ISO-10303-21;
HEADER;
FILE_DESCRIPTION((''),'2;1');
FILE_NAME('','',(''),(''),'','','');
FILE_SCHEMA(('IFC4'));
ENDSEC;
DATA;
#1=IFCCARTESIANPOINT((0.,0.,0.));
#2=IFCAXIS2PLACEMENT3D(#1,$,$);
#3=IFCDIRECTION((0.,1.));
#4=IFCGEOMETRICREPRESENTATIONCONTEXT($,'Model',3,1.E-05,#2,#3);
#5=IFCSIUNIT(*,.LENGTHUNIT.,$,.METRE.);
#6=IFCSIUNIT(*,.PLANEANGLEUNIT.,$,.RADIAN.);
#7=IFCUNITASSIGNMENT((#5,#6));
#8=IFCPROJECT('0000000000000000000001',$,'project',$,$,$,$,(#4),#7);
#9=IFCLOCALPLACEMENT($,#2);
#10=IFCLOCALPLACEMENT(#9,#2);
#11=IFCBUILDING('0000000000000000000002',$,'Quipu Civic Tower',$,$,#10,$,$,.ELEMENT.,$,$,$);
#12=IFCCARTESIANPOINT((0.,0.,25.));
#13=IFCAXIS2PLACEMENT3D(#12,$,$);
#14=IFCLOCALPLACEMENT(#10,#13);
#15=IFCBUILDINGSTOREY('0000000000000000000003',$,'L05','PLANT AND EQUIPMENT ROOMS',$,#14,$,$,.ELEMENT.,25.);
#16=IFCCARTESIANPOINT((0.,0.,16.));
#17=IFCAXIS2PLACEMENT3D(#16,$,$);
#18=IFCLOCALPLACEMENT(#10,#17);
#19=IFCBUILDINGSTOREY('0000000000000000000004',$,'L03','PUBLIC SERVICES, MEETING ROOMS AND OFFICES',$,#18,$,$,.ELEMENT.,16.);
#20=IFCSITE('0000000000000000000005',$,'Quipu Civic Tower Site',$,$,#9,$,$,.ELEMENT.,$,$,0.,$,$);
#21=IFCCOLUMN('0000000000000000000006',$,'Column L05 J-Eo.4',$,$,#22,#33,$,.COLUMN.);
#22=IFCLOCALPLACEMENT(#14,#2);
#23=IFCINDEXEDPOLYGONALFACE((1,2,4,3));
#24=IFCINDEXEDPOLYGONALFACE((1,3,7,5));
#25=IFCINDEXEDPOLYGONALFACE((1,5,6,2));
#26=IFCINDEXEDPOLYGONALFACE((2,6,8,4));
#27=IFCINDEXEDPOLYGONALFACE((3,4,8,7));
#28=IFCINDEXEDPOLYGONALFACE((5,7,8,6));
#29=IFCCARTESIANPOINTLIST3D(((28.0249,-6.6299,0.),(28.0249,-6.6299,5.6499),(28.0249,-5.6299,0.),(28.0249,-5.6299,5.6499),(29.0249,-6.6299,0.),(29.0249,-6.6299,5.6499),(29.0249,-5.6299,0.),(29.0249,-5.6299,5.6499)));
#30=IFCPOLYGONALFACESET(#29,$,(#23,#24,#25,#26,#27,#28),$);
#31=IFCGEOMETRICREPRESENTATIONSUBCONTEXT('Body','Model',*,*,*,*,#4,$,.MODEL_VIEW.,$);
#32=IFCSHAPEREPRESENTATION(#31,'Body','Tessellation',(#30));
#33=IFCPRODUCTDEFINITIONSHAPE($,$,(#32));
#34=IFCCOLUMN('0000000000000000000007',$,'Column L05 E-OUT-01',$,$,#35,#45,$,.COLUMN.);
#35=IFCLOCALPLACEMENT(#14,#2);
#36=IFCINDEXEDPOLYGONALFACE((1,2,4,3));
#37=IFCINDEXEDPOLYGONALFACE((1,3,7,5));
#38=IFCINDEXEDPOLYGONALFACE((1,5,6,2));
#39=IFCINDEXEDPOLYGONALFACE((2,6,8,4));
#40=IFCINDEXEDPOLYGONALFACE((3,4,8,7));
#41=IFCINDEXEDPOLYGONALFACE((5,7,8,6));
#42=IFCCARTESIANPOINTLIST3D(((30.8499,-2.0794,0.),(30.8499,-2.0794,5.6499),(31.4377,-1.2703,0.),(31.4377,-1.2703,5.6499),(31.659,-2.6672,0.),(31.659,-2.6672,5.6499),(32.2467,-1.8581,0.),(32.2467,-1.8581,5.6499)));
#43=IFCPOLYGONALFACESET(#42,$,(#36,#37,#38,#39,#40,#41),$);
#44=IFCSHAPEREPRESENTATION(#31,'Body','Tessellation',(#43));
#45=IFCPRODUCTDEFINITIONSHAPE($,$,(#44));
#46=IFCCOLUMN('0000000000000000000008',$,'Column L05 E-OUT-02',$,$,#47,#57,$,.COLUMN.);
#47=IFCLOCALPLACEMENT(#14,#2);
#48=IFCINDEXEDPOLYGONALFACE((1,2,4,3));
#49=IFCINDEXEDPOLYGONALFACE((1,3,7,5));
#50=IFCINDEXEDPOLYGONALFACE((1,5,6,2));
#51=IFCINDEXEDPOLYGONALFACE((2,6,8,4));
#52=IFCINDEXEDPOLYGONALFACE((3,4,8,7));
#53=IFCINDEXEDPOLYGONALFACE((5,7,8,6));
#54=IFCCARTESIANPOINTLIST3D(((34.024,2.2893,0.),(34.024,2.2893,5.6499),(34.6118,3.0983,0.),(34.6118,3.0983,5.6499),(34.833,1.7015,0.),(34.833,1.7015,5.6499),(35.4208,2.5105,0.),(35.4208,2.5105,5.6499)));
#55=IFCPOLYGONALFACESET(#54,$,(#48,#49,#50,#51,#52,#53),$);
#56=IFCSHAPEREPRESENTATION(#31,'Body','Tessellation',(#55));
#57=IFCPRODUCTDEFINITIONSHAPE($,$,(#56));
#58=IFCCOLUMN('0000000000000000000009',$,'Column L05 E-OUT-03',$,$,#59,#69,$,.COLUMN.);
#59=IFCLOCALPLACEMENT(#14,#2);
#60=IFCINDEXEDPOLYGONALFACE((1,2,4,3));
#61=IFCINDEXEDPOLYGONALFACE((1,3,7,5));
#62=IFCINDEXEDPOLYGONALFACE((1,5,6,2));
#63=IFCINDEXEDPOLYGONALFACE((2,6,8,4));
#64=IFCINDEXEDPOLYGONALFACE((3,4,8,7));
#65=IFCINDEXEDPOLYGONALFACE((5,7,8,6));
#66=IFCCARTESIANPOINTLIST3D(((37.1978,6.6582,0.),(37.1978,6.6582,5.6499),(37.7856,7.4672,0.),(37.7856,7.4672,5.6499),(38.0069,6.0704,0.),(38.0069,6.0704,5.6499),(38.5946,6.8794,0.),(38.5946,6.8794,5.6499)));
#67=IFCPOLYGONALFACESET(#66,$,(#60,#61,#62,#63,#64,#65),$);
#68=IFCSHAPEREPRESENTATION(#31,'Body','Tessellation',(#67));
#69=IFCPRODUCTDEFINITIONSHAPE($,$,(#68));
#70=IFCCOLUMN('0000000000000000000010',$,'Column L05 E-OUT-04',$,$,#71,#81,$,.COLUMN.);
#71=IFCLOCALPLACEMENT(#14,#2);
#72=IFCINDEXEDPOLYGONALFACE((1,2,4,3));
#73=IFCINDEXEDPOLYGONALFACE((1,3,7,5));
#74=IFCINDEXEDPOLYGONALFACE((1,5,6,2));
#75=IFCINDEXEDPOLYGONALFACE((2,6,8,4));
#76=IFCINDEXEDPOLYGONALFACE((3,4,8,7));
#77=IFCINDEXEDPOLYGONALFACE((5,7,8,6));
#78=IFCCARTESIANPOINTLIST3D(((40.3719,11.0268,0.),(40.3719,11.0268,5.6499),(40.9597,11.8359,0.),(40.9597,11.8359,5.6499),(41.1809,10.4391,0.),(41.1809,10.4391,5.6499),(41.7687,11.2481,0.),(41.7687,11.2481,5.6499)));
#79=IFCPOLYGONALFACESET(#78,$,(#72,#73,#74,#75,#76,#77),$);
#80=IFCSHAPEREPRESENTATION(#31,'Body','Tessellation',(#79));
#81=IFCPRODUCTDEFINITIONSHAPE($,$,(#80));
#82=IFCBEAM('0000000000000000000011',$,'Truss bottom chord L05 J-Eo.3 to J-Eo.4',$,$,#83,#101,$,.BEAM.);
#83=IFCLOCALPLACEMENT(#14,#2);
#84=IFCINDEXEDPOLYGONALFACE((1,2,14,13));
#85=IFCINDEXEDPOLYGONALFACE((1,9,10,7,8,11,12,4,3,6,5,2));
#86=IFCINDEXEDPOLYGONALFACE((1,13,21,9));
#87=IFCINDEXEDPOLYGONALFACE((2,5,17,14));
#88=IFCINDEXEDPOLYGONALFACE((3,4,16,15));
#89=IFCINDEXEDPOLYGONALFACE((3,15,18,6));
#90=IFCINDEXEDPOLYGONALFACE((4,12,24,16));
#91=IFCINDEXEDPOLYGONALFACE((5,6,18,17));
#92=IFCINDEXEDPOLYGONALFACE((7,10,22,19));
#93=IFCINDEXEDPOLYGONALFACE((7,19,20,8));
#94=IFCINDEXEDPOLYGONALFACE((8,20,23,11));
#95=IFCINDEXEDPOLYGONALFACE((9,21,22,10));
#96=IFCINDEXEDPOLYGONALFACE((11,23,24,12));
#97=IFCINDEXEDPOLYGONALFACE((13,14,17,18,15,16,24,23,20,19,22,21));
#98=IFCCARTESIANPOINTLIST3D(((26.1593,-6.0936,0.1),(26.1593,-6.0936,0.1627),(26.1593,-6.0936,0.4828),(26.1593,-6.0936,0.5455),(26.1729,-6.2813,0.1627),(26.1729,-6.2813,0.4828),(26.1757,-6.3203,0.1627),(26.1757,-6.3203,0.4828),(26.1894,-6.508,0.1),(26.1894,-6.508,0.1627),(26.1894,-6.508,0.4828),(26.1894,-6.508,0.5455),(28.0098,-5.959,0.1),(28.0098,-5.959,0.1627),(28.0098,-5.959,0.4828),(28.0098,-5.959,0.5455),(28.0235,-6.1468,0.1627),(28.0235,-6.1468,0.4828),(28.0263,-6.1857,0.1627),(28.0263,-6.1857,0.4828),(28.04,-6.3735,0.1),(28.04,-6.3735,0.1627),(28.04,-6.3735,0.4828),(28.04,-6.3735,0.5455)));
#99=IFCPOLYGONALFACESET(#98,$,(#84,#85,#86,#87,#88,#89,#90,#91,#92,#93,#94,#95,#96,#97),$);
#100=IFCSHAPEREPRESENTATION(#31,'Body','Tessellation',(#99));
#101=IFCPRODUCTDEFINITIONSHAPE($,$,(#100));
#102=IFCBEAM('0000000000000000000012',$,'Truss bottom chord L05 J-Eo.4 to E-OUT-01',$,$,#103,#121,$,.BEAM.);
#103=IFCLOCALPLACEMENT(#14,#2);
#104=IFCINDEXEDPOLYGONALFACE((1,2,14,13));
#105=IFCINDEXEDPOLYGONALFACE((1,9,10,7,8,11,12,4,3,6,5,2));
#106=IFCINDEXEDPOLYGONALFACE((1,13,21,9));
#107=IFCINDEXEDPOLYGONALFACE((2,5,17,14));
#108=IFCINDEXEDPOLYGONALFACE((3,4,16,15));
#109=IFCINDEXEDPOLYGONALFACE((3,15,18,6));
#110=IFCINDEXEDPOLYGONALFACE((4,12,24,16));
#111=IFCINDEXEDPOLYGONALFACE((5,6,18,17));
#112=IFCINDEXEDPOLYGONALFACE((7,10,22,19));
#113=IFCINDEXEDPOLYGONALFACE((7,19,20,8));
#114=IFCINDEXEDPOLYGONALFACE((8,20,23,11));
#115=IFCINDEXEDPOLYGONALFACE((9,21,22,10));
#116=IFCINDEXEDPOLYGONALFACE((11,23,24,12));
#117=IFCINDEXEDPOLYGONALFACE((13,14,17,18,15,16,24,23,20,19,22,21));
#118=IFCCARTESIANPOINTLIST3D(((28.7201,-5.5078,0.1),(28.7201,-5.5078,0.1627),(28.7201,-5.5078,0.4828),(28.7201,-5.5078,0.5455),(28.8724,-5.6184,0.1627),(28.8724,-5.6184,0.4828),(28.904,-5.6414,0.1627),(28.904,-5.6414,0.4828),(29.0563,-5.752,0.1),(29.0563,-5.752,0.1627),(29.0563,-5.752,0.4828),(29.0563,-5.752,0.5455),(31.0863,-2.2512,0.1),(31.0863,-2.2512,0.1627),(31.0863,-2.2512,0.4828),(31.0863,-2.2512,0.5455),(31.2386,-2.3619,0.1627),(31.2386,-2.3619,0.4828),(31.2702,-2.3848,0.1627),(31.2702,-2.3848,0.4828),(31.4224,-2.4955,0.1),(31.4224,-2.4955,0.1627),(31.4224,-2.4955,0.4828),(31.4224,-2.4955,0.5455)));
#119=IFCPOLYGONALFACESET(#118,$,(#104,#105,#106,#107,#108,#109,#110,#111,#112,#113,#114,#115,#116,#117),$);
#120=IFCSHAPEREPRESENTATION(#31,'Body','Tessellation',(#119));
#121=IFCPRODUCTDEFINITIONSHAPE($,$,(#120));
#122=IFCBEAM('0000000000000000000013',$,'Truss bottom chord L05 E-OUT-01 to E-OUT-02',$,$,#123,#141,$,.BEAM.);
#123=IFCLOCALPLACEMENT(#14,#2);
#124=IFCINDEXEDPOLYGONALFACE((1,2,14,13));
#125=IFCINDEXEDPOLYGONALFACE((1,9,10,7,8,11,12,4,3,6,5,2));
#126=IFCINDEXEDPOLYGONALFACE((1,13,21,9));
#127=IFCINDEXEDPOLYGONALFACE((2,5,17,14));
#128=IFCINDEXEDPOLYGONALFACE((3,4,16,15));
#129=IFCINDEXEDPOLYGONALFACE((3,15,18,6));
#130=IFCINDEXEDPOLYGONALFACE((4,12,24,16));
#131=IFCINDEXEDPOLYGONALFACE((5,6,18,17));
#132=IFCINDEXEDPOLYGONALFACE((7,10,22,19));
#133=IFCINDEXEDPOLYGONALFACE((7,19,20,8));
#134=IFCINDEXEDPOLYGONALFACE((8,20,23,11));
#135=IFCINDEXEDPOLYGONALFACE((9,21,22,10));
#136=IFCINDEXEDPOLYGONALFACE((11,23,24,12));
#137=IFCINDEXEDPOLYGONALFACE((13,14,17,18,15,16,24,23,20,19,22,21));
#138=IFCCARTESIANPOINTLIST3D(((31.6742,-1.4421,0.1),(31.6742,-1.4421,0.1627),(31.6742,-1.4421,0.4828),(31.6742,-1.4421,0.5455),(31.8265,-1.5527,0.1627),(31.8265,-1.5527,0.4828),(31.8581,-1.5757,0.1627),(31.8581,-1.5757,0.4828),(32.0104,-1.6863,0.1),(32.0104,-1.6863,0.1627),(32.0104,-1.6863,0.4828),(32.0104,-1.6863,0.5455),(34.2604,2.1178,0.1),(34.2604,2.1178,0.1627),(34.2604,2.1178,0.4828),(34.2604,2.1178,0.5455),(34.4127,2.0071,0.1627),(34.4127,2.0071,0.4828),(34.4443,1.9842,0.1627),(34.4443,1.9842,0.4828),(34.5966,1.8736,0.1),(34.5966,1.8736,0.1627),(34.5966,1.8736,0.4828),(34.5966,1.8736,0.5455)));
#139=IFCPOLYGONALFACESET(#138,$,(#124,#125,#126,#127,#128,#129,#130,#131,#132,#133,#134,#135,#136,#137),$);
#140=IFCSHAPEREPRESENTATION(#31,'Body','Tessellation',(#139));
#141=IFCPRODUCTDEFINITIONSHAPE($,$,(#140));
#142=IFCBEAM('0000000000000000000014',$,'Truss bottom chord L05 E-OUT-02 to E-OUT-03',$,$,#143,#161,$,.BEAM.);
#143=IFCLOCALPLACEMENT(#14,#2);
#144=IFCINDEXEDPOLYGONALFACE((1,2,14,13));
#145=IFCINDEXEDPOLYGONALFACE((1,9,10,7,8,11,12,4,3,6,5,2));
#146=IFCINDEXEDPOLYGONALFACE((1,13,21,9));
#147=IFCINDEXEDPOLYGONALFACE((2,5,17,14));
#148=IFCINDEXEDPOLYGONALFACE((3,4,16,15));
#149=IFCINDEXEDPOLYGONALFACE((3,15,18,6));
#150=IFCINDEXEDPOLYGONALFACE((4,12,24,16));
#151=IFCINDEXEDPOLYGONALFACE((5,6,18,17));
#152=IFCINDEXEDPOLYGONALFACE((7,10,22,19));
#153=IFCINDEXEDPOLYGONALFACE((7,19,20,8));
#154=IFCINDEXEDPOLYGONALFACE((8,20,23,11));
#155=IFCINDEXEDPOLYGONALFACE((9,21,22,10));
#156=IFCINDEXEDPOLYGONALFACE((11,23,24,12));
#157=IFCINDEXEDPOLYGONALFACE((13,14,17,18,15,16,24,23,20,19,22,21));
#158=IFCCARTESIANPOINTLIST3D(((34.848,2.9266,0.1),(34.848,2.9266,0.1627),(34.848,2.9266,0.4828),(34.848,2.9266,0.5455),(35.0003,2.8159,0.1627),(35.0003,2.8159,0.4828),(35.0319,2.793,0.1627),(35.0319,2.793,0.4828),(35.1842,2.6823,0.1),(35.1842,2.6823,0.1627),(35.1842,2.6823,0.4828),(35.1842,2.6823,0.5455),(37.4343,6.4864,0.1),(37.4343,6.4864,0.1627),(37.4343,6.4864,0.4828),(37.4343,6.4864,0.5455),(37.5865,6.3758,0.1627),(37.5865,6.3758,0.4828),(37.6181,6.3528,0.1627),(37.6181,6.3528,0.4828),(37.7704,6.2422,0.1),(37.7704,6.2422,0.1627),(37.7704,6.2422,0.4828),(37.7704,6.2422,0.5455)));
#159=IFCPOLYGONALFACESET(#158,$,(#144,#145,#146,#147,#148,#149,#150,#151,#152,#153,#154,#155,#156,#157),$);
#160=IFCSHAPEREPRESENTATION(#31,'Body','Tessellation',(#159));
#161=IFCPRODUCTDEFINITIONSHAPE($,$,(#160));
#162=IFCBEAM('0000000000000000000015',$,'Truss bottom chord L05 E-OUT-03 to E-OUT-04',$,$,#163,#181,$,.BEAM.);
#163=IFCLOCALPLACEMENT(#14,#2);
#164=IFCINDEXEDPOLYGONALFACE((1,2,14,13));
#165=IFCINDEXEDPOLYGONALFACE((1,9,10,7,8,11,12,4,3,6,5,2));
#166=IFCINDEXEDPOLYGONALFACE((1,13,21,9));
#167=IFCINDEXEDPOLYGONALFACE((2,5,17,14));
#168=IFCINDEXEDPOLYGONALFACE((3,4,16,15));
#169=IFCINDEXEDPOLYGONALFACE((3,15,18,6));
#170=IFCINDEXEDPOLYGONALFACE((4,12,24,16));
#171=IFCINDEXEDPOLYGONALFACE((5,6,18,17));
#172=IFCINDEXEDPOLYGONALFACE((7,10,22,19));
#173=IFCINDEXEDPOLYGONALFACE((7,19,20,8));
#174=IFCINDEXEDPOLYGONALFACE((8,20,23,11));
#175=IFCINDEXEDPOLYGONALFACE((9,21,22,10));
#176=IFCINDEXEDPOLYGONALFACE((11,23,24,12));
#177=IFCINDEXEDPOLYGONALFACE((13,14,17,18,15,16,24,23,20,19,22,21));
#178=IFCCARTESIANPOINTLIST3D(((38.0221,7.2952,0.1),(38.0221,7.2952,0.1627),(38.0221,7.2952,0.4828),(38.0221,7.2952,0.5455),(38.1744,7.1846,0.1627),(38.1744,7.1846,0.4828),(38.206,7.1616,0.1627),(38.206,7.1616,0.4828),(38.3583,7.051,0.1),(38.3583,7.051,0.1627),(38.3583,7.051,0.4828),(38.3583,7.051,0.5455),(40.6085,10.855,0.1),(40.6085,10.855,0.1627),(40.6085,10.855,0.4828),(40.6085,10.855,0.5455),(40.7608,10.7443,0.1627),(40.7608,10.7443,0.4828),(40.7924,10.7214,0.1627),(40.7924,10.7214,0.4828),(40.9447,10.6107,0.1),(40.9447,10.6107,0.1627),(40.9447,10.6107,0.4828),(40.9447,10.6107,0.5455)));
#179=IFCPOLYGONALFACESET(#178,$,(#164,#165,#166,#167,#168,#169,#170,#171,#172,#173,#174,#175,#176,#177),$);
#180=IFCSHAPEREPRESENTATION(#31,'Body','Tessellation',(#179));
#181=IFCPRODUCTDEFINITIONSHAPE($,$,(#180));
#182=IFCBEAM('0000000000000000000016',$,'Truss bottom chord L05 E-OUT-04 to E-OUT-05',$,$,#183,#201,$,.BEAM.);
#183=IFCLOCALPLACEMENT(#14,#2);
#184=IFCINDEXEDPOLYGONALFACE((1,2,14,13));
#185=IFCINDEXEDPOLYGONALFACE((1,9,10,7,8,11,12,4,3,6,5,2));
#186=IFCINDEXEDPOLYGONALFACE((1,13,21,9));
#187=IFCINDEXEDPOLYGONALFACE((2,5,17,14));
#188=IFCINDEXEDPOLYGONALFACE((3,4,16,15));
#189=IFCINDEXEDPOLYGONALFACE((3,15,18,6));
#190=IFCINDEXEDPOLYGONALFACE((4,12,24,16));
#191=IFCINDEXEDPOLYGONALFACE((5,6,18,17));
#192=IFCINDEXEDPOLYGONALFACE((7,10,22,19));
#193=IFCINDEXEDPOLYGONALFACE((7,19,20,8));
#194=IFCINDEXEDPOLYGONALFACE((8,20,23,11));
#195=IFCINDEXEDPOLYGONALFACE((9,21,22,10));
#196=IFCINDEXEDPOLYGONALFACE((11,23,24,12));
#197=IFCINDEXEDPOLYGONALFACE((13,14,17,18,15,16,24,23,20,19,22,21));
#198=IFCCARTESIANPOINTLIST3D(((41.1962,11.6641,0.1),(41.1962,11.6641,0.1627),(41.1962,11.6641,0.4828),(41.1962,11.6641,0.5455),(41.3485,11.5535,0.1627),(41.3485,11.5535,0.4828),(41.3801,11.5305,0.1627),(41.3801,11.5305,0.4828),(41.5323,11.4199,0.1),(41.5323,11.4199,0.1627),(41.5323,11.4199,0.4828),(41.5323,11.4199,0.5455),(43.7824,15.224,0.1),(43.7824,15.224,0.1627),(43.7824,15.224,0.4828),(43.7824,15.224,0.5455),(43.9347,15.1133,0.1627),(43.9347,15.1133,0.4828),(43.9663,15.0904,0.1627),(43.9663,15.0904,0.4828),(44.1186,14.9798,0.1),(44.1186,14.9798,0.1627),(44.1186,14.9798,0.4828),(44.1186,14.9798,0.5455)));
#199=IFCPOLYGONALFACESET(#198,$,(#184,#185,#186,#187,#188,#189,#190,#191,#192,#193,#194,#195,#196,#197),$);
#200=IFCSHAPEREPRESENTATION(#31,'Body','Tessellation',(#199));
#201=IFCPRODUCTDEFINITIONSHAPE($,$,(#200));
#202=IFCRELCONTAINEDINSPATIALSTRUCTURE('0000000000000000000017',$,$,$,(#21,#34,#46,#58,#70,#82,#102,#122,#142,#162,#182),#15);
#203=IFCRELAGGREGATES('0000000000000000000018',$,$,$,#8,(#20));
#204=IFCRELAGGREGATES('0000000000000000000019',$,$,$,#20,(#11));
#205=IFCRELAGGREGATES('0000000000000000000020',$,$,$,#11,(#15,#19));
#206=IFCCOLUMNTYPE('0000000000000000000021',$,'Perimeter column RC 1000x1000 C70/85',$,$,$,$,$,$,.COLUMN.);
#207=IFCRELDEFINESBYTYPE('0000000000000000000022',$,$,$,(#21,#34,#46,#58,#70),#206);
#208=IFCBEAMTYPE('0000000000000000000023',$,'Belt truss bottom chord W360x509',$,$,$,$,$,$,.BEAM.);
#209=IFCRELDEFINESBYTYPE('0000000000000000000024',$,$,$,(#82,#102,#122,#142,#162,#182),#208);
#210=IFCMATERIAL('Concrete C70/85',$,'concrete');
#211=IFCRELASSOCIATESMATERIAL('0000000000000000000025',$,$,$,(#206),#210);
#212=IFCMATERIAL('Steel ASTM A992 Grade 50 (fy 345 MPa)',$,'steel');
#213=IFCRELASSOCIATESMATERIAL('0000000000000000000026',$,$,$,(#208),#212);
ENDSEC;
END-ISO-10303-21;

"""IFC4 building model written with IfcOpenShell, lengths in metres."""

from ifc_helpers import new_model, si_unit, direction, frame, origin, origin_2d, place, context, subcontext, project, spatial, rectangle, i_section, extrude, material, material_profile, profile_set, type_object, element, save


model = new_model("IFC4")

# Units and contexts
model_context = context("Model", 3, precision=1e-05, world=origin(), true_north=direction((0.0, 1.0)))
body_context = subcontext(model_context, "Body", "Model", "MODEL_VIEW")
ifc_project = project(units=[si_unit("LENGTHUNIT", "METRE"), si_unit("PLANEANGLEUNIT", "RADIAN")], contexts=[model_context])

# Site, building, storey
site_placement = place(None, origin())
site = spatial("IfcSite", under=ifc_project, at=site_placement, Name="Quipu Civic Tower Site", CompositionType="ELEMENT", RefElevation=0.0)
building_placement = place(site_placement, origin())
building = spatial("IfcBuilding", under=site, at=building_placement, Name="Quipu Civic Tower", CompositionType="ELEMENT")
storey_1_placement = place(building_placement, frame((0.0, 0.0, 25.0)))
storey_1 = spatial("IfcBuildingStorey", under=building, at=storey_1_placement, Name="L05", Description="PLANT AND EQUIPMENT ROOMS", CompositionType="ELEMENT", Elevation=25.0)

# Columns
ifc_material_1 = material(Name="Concrete C70/85", Category="concrete")
ifc_material_profile_1 = material_profile(ifc_material_1, rectangle(XDim=1.0, YDim=1.0, at=origin_2d()), Name="RC1000x1000")
ifc_profile_set_1 = profile_set([ifc_material_profile_1], Name="Concrete C70/85")
column_type = type_object("IfcColumnType", Name="Perimeter column RC 1000x1000 C70/85", PredefinedType="COLUMN", material=ifc_profile_set_1)
for number, where, z_axis, x_axis, name in (
    (1, (28.5249, -6.1299, 0.0), (0.0, 0.0, 1.0), (1.0, 0.0, 0.0), "Column L05 J-Eo.4"),
    (2, (31.5483, -1.9688, 0.0), (0.0, 0.0, 1.0), (0.587785, 0.809017, 0.0), "Column L05 E-OUT-01"),
    (3, (34.7224, 2.3999, 0.0), (0.0, 0.0, 1.0), (0.587785, 0.809017, 0.0), "Column L05 E-OUT-02"),
    (4, (37.8962, 6.7688, 0.0), (0.0, 0.0, 1.0), (0.587785, 0.809017, 0.0), "Column L05 E-OUT-03"),
    (5, (41.0703, 11.1375, 0.0), (0.0, 0.0, 1.0), (0.587785, 0.809017, 0.0), "Column L05 E-OUT-04"),
):
    element("IfcColumn", number, at=place(storey_1_placement, frame(where, z_axis=z_axis, x_axis=x_axis)), inside=storey_1, type_object=column_type, Name=name, PredefinedType="COLUMN", context=body_context, shape_type="SweptSolid", body=[
        extrude(rectangle(XDim=1.0, YDim=1.0, at=origin_2d()), origin(), (0.0, 0.0, 1.0), 5.6499),
    ])

# Beams
ifc_material_2 = material(Name="Steel ASTM A992 Grade 50 (fy 345 MPa)", Category="steel")
ifc_material_profile_2 = material_profile(ifc_material_2, i_section(OverallWidth=0.4155, OverallDepth=0.4456, WebThickness=0.0391, FlangeThickness=0.0627, at=origin_2d()), Name="W360x509")
ifc_profile_set_2 = profile_set([ifc_material_profile_2], Name="Steel ASTM A992 Grade 50 (fy 345 MPa)")
beam_type_1 = type_object("IfcBeamType", Name="Belt truss bottom chord W360x509", PredefinedType="BEAM", material=ifc_profile_set_2)
beam_1_placement = place(storey_1_placement, frame((26.1743, -6.3008, 0.3228), z_axis=(0.997368, 0.0725, 0.0), x_axis=(-0.0725, 0.997368, 0.0)))
element("IfcBeam", 6, at=beam_1_placement, inside=storey_1, type_object=beam_type_1, Name="Truss bottom chord L05 J-Eo.3 to J-Eo.4", PredefinedType="BEAM", context=body_context, shape_type="SweptSolid", body=[
    extrude(i_section(OverallWidth=0.4155, OverallDepth=0.4456, WebThickness=0.0391, FlangeThickness=0.0627, at=origin_2d()), origin(), (0.0, 0.0, 1.0), 1.8555),
])
beam_2_placement = place(storey_1_placement, frame((28.8882, -5.6299, 0.3228), z_axis=(0.587811, 0.808998, 0.0), x_axis=(-0.808998, 0.587811, 0.0)))
element("IfcBeam", 7, at=beam_2_placement, inside=storey_1, type_object=beam_type_1, Name="Truss bottom chord L05 J-Eo.4 to E-OUT-01", PredefinedType="BEAM", context=body_context, shape_type="SweptSolid", body=[
    extrude(i_section(OverallWidth=0.4155, OverallDepth=0.4456, WebThickness=0.0391, FlangeThickness=0.0627, at=origin_2d()), origin(), (0.0, 0.0, 1.0), 4.0254),
])
for number, where, z_axis, x_axis, name in (
    (8, (31.8423, -1.5642, 0.3228), (0.587759, 0.809036, 0.0), (-0.809036, 0.587759, 0.0), "Truss bottom chord L05 E-OUT-01 to E-OUT-02"),
    (9, (35.0161, 2.8044, 0.3228), (0.587759, 0.809036, 0.0), (-0.809036, 0.587759, 0.0), "Truss bottom chord L05 E-OUT-02 to E-OUT-03"),
    (10, (38.1902, 7.1731, 0.3228), (0.587796, 0.80901, 0.0), (-0.80901, 0.587796, 0.0), "Truss bottom chord L05 E-OUT-03 to E-OUT-04"),
    (11, (41.3643, 11.542, 0.3228), (0.587759, 0.809036, 0.0), (-0.809036, 0.587759, 0.0), "Truss bottom chord L05 E-OUT-04 to E-OUT-05"),
):
    element("IfcBeam", number, at=place(storey_1_placement, frame(where, z_axis=z_axis, x_axis=x_axis)), inside=storey_1, type_object=beam_type_1, Name=name, PredefinedType="BEAM", context=body_context, shape_type="SweptSolid", body=[
        extrude(i_section(OverallWidth=0.4155, OverallDepth=0.4456, WebThickness=0.0391, FlangeThickness=0.0627, at=origin_2d()), origin(), (0.0, 0.0, 1.0), 4.4001),
    ])

# Shared definitions
storey_2_placement = place(building_placement, frame((0.0, 0.0, 16.0)))
storey_2 = spatial("IfcBuildingStorey", under=building, at=storey_2_placement, Name="L03", Description="PUBLIC SERVICES, MEETING ROOMS AND OFFICES", CompositionType="ELEMENT", Elevation=16.0)

save(model, "model.ifc")
